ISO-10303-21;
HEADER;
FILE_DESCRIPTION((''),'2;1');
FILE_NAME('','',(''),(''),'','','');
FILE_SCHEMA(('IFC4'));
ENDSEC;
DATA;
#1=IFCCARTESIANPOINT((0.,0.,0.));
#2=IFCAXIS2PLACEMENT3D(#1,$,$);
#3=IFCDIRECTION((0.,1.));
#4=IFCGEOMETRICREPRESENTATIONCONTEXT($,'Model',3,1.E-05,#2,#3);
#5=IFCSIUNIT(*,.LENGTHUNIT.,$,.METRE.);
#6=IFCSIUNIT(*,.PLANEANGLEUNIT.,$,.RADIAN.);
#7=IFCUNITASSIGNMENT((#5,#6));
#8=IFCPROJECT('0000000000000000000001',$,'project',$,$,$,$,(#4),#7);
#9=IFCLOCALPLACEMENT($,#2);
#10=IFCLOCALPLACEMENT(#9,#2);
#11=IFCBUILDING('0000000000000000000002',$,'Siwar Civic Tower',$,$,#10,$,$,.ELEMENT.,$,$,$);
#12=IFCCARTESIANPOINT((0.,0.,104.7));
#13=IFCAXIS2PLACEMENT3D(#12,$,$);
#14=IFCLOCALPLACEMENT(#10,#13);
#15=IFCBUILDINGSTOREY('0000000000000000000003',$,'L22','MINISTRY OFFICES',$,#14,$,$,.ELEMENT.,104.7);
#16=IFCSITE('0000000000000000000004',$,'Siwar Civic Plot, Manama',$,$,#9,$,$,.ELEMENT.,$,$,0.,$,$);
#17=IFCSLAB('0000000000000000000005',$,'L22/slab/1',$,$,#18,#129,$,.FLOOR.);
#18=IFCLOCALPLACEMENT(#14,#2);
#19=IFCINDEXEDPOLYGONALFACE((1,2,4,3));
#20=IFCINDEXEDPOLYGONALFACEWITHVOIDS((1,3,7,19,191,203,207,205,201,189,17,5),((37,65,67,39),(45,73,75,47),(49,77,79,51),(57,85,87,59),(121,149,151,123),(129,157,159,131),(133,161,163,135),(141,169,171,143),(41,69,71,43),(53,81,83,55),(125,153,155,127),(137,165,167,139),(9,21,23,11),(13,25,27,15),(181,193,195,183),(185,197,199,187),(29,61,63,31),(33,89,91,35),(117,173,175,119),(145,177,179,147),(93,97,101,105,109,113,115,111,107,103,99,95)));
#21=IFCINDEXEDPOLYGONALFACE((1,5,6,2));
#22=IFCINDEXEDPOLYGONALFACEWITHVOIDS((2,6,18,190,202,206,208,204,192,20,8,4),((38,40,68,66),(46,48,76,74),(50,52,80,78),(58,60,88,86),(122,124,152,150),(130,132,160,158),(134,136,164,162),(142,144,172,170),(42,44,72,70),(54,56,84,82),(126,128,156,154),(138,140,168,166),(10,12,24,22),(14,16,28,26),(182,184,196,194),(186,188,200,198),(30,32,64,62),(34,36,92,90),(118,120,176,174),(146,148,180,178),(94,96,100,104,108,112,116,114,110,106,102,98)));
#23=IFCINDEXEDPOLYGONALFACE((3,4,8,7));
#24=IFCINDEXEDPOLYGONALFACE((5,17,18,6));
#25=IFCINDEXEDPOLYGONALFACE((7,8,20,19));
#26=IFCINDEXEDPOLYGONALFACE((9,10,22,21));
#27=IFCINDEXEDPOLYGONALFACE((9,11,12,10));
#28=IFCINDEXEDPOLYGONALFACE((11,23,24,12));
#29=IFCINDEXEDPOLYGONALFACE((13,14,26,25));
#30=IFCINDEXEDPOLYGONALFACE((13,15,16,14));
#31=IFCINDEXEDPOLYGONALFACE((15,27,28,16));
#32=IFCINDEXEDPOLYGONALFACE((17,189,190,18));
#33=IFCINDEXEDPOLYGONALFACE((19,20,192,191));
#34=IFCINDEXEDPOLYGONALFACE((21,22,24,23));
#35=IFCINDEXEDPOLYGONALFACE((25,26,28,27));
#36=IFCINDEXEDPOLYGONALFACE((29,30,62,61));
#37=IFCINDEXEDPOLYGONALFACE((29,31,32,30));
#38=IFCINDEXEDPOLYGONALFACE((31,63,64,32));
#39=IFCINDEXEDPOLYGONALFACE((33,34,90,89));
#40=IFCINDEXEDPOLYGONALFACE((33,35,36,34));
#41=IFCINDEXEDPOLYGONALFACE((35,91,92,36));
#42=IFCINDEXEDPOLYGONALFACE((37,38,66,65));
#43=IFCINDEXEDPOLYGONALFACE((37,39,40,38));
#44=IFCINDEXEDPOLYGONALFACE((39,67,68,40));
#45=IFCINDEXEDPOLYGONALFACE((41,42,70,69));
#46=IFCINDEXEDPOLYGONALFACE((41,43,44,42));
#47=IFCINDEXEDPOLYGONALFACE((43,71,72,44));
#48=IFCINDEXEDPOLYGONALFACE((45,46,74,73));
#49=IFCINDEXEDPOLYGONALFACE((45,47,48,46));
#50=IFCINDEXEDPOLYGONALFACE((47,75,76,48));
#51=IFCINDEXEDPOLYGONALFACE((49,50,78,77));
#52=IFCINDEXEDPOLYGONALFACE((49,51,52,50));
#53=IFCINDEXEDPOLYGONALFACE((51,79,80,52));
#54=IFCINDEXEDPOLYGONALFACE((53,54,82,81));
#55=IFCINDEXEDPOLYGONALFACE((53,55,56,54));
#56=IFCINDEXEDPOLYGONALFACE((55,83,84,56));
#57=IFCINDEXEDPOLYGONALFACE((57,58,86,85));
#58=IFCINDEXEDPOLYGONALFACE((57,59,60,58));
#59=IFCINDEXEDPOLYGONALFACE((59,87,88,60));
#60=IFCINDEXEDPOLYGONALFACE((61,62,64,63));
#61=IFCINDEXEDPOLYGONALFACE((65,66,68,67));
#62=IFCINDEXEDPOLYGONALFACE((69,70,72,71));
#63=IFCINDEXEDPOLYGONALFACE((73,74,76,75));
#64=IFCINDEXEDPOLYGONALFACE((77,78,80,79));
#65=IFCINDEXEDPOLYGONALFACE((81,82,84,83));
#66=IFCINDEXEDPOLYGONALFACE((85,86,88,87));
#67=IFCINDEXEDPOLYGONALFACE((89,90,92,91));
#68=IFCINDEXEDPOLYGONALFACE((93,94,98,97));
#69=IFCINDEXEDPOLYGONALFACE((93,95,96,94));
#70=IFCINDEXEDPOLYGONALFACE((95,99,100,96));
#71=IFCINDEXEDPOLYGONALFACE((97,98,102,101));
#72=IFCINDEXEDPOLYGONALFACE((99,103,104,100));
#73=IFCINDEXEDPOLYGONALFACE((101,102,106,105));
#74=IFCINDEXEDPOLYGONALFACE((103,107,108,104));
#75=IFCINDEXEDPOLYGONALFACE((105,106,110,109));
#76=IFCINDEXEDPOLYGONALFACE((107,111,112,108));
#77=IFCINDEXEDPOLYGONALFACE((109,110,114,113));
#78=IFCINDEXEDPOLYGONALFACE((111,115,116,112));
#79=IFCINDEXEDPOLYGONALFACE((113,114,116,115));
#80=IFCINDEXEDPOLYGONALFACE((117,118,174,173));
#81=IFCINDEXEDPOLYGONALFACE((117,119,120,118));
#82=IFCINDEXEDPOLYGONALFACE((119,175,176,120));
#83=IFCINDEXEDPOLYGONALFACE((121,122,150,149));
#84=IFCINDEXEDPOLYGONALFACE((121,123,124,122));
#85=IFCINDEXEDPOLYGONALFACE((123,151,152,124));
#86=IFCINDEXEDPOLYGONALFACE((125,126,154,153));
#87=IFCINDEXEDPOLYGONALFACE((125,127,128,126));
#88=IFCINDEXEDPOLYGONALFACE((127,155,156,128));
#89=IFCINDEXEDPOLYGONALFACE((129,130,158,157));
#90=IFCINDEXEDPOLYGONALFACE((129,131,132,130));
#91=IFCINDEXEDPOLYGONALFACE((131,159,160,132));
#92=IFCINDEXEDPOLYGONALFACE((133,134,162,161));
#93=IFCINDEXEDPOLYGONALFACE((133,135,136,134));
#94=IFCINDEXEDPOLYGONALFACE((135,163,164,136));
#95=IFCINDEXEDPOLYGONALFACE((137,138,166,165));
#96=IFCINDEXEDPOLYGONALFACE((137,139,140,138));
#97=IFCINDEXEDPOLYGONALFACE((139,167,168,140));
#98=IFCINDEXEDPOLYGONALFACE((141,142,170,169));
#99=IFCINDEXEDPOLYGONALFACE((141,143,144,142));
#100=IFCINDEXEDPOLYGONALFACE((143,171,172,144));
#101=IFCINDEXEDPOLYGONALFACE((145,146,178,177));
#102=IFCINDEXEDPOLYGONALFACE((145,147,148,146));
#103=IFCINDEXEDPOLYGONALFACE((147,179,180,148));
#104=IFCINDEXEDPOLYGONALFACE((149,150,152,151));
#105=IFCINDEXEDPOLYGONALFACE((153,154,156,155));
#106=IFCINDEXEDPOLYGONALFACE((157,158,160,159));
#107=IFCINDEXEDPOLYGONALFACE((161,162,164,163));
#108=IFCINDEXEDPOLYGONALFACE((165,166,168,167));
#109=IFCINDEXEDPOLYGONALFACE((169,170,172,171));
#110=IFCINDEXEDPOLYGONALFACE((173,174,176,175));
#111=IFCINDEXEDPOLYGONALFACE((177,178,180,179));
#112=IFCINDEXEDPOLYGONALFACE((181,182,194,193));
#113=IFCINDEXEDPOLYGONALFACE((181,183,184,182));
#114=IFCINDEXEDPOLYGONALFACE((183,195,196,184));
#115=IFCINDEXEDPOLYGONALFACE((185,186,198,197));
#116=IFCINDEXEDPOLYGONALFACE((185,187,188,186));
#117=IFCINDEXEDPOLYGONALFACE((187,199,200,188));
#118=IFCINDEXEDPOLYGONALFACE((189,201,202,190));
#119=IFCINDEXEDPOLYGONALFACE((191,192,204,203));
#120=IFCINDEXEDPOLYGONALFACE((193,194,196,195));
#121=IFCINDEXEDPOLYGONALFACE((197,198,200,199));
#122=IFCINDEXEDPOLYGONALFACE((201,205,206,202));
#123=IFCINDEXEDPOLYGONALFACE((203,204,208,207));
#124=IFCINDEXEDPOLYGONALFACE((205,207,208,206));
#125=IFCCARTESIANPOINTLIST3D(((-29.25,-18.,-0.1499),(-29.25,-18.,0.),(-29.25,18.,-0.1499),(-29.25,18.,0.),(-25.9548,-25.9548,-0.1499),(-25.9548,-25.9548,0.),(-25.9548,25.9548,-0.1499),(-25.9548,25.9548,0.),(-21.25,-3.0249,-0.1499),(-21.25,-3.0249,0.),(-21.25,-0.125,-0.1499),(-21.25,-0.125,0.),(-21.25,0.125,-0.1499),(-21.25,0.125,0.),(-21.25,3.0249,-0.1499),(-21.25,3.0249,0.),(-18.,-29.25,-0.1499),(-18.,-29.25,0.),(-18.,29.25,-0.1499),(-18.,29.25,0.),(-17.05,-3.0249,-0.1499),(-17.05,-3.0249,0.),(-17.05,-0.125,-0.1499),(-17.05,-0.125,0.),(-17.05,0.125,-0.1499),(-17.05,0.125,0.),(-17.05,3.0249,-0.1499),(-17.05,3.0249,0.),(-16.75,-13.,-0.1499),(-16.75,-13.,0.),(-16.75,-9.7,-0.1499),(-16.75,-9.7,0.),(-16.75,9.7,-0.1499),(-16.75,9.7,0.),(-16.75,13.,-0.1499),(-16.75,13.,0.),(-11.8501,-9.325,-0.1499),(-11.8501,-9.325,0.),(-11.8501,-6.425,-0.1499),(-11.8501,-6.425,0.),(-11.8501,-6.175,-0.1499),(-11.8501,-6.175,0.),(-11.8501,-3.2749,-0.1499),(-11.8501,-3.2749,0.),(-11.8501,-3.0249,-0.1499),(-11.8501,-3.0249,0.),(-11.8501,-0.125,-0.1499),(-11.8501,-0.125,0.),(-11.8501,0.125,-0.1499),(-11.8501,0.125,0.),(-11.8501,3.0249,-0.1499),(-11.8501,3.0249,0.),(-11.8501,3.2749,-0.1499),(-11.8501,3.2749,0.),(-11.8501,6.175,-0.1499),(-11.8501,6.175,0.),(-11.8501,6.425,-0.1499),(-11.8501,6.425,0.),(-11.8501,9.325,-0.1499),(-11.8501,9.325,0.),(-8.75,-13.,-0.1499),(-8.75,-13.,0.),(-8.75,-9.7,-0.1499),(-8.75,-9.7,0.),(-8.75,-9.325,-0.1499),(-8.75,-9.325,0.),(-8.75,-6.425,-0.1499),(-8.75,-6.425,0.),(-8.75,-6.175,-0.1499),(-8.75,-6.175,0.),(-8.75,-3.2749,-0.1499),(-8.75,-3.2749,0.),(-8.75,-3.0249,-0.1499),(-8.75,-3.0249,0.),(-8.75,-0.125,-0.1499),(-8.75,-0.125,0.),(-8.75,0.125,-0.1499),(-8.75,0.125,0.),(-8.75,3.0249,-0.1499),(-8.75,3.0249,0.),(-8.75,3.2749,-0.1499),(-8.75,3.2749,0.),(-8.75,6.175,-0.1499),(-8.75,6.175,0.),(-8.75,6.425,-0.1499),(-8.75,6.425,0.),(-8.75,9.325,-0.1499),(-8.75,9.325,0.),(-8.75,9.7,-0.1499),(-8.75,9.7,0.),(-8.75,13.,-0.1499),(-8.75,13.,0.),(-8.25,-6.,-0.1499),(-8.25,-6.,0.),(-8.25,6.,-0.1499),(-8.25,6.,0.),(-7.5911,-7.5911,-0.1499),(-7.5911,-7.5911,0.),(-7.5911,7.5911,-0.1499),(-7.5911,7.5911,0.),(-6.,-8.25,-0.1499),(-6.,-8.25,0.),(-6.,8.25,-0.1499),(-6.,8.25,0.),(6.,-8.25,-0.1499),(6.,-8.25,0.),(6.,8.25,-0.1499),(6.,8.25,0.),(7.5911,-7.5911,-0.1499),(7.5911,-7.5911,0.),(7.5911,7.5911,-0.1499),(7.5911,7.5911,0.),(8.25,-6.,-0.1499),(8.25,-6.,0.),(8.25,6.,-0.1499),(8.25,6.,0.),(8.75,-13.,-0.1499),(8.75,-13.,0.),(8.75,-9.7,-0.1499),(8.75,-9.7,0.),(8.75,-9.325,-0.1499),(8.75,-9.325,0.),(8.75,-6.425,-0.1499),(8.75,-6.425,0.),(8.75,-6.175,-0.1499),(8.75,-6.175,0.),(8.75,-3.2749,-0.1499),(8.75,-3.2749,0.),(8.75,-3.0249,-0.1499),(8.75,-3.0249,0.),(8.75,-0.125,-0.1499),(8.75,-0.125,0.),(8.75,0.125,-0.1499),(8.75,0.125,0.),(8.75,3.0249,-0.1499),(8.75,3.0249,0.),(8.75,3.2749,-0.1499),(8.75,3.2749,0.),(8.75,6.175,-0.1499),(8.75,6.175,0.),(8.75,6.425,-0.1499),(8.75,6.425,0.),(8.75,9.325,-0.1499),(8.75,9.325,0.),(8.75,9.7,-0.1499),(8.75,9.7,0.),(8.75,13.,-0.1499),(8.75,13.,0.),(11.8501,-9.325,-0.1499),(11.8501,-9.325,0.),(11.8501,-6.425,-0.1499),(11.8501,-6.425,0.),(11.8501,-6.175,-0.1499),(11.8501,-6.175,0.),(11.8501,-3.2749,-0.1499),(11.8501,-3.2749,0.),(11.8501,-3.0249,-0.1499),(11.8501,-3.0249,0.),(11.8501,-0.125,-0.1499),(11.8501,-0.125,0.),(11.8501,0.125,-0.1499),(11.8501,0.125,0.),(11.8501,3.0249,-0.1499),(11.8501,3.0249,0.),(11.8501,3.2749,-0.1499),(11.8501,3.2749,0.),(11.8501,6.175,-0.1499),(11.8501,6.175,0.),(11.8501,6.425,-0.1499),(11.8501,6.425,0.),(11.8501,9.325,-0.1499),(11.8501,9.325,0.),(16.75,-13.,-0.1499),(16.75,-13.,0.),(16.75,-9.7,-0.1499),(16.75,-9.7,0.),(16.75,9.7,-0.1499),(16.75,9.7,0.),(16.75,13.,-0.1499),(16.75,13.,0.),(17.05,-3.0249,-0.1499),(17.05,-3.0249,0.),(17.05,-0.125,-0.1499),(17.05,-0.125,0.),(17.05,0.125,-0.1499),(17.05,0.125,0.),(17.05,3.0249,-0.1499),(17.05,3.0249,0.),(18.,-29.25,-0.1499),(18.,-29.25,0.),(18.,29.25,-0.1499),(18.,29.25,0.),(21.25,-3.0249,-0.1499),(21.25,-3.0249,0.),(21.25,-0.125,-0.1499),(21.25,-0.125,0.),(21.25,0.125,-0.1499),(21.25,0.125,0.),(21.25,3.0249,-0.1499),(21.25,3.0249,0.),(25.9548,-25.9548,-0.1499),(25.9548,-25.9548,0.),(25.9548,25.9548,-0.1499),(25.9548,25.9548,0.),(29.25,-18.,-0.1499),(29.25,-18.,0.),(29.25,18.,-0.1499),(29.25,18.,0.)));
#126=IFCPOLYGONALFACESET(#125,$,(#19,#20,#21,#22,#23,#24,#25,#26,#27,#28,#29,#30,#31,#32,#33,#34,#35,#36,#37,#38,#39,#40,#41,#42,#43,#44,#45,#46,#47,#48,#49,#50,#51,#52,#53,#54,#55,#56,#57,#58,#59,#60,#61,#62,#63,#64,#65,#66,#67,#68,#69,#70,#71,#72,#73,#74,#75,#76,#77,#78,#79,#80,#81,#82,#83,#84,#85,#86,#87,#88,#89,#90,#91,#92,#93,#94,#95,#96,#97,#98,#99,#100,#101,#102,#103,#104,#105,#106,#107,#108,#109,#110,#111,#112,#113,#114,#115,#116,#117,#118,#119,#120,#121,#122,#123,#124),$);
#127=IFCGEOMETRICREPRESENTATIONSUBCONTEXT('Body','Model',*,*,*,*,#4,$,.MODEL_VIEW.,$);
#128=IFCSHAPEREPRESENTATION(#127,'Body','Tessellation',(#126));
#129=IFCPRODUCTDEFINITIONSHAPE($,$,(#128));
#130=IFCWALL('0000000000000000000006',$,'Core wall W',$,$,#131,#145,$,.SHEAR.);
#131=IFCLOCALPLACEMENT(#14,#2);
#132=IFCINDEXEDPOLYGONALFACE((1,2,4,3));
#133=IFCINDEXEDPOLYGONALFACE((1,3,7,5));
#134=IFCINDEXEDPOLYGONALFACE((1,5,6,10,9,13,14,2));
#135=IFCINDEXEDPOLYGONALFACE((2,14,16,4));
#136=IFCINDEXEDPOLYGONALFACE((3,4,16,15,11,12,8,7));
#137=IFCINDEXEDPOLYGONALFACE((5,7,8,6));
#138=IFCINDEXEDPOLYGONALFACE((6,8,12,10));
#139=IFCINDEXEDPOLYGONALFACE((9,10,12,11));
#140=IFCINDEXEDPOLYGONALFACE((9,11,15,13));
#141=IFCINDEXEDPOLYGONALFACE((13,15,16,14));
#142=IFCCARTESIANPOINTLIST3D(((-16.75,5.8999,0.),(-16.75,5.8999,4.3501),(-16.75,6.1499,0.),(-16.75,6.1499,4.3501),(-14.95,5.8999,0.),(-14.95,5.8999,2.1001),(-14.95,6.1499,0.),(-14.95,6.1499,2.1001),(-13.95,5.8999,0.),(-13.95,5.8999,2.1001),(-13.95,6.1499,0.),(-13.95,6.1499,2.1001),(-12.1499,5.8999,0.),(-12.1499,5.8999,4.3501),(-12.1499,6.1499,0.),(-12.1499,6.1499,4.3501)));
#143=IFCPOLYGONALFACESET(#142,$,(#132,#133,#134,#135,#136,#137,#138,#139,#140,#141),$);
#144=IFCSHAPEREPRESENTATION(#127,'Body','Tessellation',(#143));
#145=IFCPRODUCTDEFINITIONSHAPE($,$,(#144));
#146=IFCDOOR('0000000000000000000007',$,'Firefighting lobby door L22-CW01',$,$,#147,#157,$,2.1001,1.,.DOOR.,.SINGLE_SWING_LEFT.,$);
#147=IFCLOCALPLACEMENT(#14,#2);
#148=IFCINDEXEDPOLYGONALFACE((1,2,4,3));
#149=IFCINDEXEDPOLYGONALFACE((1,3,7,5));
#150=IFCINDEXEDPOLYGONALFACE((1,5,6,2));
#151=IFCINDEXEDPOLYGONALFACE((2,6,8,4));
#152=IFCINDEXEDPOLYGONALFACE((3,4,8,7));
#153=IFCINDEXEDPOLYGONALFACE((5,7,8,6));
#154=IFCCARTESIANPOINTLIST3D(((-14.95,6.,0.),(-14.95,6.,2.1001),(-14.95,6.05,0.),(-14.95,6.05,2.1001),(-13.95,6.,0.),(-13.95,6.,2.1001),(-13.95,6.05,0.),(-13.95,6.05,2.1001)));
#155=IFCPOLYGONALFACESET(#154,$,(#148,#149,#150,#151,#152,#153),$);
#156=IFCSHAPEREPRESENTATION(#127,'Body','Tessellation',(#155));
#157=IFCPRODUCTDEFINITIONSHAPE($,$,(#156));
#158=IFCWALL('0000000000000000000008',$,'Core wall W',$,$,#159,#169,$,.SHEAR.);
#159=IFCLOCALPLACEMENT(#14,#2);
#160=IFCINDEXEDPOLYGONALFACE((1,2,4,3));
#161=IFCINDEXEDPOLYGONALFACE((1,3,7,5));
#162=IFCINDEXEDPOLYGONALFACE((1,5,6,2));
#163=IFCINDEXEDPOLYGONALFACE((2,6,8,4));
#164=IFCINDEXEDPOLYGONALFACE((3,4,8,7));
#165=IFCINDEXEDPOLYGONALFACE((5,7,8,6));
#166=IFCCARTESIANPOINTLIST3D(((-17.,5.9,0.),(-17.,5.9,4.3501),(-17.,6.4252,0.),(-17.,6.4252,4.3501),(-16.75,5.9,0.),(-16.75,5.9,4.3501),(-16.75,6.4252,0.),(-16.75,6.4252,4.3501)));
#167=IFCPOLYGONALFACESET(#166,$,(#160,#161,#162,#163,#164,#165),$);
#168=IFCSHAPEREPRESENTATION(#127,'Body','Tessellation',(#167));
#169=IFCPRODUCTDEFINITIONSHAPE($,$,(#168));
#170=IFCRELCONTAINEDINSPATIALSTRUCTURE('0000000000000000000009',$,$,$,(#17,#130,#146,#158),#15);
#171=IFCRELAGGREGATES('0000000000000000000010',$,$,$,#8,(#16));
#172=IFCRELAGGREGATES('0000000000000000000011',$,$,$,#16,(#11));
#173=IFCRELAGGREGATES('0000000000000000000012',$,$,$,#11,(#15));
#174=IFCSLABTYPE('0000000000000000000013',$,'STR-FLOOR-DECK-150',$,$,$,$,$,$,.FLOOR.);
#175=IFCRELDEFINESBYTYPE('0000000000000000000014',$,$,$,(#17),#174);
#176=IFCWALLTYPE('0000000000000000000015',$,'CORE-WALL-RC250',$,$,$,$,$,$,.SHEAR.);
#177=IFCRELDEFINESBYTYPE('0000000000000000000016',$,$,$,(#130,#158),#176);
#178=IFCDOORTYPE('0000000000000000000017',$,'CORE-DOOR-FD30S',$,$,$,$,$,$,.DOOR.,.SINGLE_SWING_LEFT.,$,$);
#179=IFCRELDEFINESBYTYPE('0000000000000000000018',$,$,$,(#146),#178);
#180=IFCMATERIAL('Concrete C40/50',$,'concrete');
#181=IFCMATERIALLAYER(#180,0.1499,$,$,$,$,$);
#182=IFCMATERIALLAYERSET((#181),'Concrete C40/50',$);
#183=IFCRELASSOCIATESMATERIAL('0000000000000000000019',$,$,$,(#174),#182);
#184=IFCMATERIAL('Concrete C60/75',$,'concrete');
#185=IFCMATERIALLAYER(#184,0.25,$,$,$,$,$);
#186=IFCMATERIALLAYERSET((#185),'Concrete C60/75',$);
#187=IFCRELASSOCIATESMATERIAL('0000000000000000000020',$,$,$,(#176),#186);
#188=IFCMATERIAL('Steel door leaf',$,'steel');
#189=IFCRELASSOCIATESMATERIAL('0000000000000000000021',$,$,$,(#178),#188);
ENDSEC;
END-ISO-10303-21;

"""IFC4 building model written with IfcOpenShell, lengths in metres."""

from ifc_helpers import new_model, si_unit, direction, frame, frame_2d, origin, place, context, subcontext, project, spatial, polyline, rectangle, outline, extrude, material, layer, layer_set, type_object, element, fill, save


model = new_model("IFC4")

# Units and contexts
model_context = context("Model", 3, precision=1e-05, world=origin(), true_north=direction((0.0, 1.0)))
body_context = subcontext(model_context, "Body", "Model", "MODEL_VIEW")
ifc_project = project(units=[si_unit("LENGTHUNIT", "METRE"), si_unit("PLANEANGLEUNIT", "RADIAN")], contexts=[model_context])

# Site, building, storey
site_placement = place(None, origin())
site = spatial("IfcSite", under=ifc_project, at=site_placement, Name="Siwar Civic Plot, Manama", CompositionType="ELEMENT", RefElevation=0.0)
building_placement = place(site_placement, origin())
building = spatial("IfcBuilding", under=site, at=building_placement, Name="Siwar Civic Tower", CompositionType="ELEMENT")
storey_placement = place(building_placement, frame((0.0, 0.0, 104.7)))
storey = spatial("IfcBuildingStorey", under=building, at=storey_placement, Name="L22", Description="MINISTRY OFFICES", CompositionType="ELEMENT", Elevation=104.7)

# Slab
ifc_material_1 = material(Name="Concrete C40/50", Category="concrete")
ifc_layer_1 = layer(ifc_material_1, 0.1499)
ifc_layer_set_1 = layer_set([ifc_layer_1], Name="Concrete C40/50")
slab_type_1 = type_object("IfcSlabType", Name="STR-FLOOR-DECK-150", PredefinedType="FLOOR", material=ifc_layer_set_1)
slab_1_placement = place(storey_placement, frame((0.0, 0.0, -0.1499)))
element("IfcSlab", 1, at=slab_1_placement, inside=storey, type_object=slab_type_1, Name="L22/slab/1", PredefinedType="FLOOR", context=body_context, shape_type="SweptSolid", body=[
    extrude(outline(polyline([(-18.0, -29.25), (18.0, -29.25), (25.9548, -25.9548), (29.25, -18.0), (29.25, 18.0), (25.9548, 25.9548), (18.0, 29.25), (-18.0, 29.25), (-25.9548, 25.9548), (-29.25, 18.0), (-29.25, -18.0), (-25.9548, -25.9548), (-18.0, -29.25)]), holes=[polyline([(21.25, 3.0249), (21.25, 0.125), (17.05, 0.125), (17.05, 3.0249), (21.25, 3.0249)]), polyline([(17.05, -0.125), (21.25, -0.125), (21.25, -3.0249), (17.05, -3.0249), (17.05, -0.125)]), polyline([(16.75, 13.0), (16.75, 9.7), (8.75, 9.7), (8.75, 13.0), (16.75, 13.0)]), polyline([(8.75, -9.7), (16.75, -9.7), (16.75, -13.0), (8.75, -13.0), (8.75, -9.7)]), polyline([(11.8501, 9.325), (11.8501, 6.425), (8.75, 6.425), (8.75, 9.325), (11.8501, 9.325)]), polyline([(11.8501, 3.0249), (11.8501, 0.125), (8.75, 0.125), (8.75, 3.0249), (11.8501, 3.0249)]), polyline([(11.8501, -0.125), (11.8501, -3.0249), (8.75, -3.0249), (8.75, -0.125), (11.8501, -0.125)]), polyline([(11.8501, -3.2749), (11.8501, -6.175), (8.75, -6.175), (8.75, -3.2749), (11.8501, -3.2749)]), polyline([(8.75, 6.175), (11.8501, 6.175), (11.8501, 3.2749), (8.75, 3.2749), (8.75, 6.175)]), polyline([(8.75, -6.425), (11.8501, -6.425), (11.8501, -9.325), (8.75, -9.325), (8.75, -6.425)]), polyline([(-6.0, 8.25), (6.0, 8.25), (7.5911, 7.5911), (8.25, 6.0), (8.25, -6.0), (7.5911, -7.5911), (6.0, -8.25), (-6.0, -8.25), (-7.5911, -7.5911), (-8.25, -6.0), (-8.25, 6.0), (-7.5911, 7.5911), (-6.0, 8.25)]), polyline([(-8.75, 9.7), (-16.75, 9.7), (-16.75, 13.0), (-8.75, 13.0), (-8.75, 9.7)]), polyline([(-8.75, 0.125), (-11.8501, 0.125), (-11.8501, 3.0249), (-8.75, 3.0249), (-8.75, 0.125)]), polyline([(-8.75, -6.175), (-11.8501, -6.175), (-11.8501, -3.2749), (-8.75, -3.2749), (-8.75, -6.175)]), polyline([(-8.75, -9.325), (-11.8501, -9.325), (-11.8501, -6.425), (-8.75, -6.425), (-8.75, -9.325)]), polyline([(-8.75, -13.0), (-16.75, -13.0), (-16.75, -9.7), (-8.75, -9.7), (-8.75, -13.0)]), polyline([(-11.8501, 6.425), (-11.8501, 9.325), (-8.75, 9.325), (-8.75, 6.425), (-11.8501, 6.425)]), polyline([(-11.8501, 3.2749), (-11.8501, 6.175), (-8.75, 6.175), (-8.75, 3.2749), (-11.8501, 3.2749)]), polyline([(-11.8501, -3.0249), (-11.8501, -0.125), (-8.75, -0.125), (-8.75, -3.0249), (-11.8501, -3.0249)]), polyline([(-21.25, -3.0249), (-21.25, -0.125), (-17.05, -0.125), (-17.05, -3.0249), (-21.25, -3.0249)]), polyline([(-17.05, 0.125), (-21.25, 0.125), (-21.25, 3.0249), (-17.05, 3.0249), (-17.05, 0.125)])]), origin(), (0.0, 0.0, 1.0), 0.1499),
])

# Wall, opening, door
ifc_material_2 = material(Name="Concrete C60/75", Category="concrete")
ifc_layer_2 = layer(ifc_material_2, 0.25)
ifc_layer_set_2 = layer_set([ifc_layer_2], Name="Concrete C60/75")
wall_type_1 = type_object("IfcWallType", Name="CORE-WALL-RC250", PredefinedType="SHEAR", material=ifc_layer_set_2)
wall_1_placement = place(storey_placement, frame((-12.1499, 6.0249, 0.0), z_axis=(0.0, 0.0, 1.0), x_axis=(-1.0, 0.0, 0.0)))
wall_1 = element("IfcWall", 2, at=wall_1_placement, inside=storey, type_object=wall_type_1, Name="Core wall W", PredefinedType="SHEAR", context=body_context, shape_type="SweptSolid", body=[
    extrude(rectangle(XDim=4.6001, YDim=0.25, at=frame_2d((2.3, 0.0))), origin(), (0.0, 0.0, 1.0), 4.3501),
])
opening_1_placement = place(wall_1_placement, frame((1.8, 0.0, 0.0)))
opening_1 = element("IfcOpeningElement", 3, at=opening_1_placement, cuts=wall_1, PredefinedType="OPENING", context=body_context, shape_type="SweptSolid", body=[
    extrude(rectangle(XDim=1.0, YDim=2.1001, at=frame_2d((0.5, 1.05))), frame((0.0, 0.135, 0.0), z_axis=(0.0, -1.0, 0.0), x_axis=(1.0, 0.0, 0.0)), (0.0, 0.0, 1.0), 0.27),
])
ifc_material_3 = material(Name="Steel door leaf", Category="steel")
door_type_1 = type_object("IfcDoorType", Name="CORE-DOOR-FD30S", OperationType="SINGLE_SWING_LEFT", PredefinedType="DOOR", material=ifc_material_3)
door_1_placement = place(opening_1_placement, origin())
door_1 = element("IfcDoor", 4, at=door_1_placement, inside=storey, type_object=door_type_1, Name="Firefighting lobby door L22-CW01", OperationType="SINGLE_SWING_LEFT", OverallHeight=2.1001, OverallWidth=1.0, PredefinedType="DOOR", context=body_context, shape_type="SweptSolid", body=[
    extrude(rectangle(XDim=1.0, YDim=2.1001, at=frame_2d((0.5, 1.05))), frame((0.0, 0.0249, 0.0), z_axis=(0.0, -1.0, 0.0), x_axis=(1.0, 0.0, 0.0)), (0.0, 0.0, 1.0), 0.05),
])
fill(opening_1, door_1)

# Wall
wall_2_placement = place(storey_placement, frame((-16.875, 5.8999, 0.0), z_axis=(0.0, 0.0, 1.0), x_axis=(0.0, 1.0, 0.0)))
element("IfcWall", 5, at=wall_2_placement, inside=storey, type_object=wall_type_1, Name="Core wall W", PredefinedType="SHEAR", context=body_context, shape_type="SweptSolid", body=[
    extrude(rectangle(XDim=0.5251, YDim=0.25, at=frame_2d((0.2627, 0.0))), origin(), (0.0, 0.0, 1.0), 4.3501),
])

save(model, "model.ifc")
